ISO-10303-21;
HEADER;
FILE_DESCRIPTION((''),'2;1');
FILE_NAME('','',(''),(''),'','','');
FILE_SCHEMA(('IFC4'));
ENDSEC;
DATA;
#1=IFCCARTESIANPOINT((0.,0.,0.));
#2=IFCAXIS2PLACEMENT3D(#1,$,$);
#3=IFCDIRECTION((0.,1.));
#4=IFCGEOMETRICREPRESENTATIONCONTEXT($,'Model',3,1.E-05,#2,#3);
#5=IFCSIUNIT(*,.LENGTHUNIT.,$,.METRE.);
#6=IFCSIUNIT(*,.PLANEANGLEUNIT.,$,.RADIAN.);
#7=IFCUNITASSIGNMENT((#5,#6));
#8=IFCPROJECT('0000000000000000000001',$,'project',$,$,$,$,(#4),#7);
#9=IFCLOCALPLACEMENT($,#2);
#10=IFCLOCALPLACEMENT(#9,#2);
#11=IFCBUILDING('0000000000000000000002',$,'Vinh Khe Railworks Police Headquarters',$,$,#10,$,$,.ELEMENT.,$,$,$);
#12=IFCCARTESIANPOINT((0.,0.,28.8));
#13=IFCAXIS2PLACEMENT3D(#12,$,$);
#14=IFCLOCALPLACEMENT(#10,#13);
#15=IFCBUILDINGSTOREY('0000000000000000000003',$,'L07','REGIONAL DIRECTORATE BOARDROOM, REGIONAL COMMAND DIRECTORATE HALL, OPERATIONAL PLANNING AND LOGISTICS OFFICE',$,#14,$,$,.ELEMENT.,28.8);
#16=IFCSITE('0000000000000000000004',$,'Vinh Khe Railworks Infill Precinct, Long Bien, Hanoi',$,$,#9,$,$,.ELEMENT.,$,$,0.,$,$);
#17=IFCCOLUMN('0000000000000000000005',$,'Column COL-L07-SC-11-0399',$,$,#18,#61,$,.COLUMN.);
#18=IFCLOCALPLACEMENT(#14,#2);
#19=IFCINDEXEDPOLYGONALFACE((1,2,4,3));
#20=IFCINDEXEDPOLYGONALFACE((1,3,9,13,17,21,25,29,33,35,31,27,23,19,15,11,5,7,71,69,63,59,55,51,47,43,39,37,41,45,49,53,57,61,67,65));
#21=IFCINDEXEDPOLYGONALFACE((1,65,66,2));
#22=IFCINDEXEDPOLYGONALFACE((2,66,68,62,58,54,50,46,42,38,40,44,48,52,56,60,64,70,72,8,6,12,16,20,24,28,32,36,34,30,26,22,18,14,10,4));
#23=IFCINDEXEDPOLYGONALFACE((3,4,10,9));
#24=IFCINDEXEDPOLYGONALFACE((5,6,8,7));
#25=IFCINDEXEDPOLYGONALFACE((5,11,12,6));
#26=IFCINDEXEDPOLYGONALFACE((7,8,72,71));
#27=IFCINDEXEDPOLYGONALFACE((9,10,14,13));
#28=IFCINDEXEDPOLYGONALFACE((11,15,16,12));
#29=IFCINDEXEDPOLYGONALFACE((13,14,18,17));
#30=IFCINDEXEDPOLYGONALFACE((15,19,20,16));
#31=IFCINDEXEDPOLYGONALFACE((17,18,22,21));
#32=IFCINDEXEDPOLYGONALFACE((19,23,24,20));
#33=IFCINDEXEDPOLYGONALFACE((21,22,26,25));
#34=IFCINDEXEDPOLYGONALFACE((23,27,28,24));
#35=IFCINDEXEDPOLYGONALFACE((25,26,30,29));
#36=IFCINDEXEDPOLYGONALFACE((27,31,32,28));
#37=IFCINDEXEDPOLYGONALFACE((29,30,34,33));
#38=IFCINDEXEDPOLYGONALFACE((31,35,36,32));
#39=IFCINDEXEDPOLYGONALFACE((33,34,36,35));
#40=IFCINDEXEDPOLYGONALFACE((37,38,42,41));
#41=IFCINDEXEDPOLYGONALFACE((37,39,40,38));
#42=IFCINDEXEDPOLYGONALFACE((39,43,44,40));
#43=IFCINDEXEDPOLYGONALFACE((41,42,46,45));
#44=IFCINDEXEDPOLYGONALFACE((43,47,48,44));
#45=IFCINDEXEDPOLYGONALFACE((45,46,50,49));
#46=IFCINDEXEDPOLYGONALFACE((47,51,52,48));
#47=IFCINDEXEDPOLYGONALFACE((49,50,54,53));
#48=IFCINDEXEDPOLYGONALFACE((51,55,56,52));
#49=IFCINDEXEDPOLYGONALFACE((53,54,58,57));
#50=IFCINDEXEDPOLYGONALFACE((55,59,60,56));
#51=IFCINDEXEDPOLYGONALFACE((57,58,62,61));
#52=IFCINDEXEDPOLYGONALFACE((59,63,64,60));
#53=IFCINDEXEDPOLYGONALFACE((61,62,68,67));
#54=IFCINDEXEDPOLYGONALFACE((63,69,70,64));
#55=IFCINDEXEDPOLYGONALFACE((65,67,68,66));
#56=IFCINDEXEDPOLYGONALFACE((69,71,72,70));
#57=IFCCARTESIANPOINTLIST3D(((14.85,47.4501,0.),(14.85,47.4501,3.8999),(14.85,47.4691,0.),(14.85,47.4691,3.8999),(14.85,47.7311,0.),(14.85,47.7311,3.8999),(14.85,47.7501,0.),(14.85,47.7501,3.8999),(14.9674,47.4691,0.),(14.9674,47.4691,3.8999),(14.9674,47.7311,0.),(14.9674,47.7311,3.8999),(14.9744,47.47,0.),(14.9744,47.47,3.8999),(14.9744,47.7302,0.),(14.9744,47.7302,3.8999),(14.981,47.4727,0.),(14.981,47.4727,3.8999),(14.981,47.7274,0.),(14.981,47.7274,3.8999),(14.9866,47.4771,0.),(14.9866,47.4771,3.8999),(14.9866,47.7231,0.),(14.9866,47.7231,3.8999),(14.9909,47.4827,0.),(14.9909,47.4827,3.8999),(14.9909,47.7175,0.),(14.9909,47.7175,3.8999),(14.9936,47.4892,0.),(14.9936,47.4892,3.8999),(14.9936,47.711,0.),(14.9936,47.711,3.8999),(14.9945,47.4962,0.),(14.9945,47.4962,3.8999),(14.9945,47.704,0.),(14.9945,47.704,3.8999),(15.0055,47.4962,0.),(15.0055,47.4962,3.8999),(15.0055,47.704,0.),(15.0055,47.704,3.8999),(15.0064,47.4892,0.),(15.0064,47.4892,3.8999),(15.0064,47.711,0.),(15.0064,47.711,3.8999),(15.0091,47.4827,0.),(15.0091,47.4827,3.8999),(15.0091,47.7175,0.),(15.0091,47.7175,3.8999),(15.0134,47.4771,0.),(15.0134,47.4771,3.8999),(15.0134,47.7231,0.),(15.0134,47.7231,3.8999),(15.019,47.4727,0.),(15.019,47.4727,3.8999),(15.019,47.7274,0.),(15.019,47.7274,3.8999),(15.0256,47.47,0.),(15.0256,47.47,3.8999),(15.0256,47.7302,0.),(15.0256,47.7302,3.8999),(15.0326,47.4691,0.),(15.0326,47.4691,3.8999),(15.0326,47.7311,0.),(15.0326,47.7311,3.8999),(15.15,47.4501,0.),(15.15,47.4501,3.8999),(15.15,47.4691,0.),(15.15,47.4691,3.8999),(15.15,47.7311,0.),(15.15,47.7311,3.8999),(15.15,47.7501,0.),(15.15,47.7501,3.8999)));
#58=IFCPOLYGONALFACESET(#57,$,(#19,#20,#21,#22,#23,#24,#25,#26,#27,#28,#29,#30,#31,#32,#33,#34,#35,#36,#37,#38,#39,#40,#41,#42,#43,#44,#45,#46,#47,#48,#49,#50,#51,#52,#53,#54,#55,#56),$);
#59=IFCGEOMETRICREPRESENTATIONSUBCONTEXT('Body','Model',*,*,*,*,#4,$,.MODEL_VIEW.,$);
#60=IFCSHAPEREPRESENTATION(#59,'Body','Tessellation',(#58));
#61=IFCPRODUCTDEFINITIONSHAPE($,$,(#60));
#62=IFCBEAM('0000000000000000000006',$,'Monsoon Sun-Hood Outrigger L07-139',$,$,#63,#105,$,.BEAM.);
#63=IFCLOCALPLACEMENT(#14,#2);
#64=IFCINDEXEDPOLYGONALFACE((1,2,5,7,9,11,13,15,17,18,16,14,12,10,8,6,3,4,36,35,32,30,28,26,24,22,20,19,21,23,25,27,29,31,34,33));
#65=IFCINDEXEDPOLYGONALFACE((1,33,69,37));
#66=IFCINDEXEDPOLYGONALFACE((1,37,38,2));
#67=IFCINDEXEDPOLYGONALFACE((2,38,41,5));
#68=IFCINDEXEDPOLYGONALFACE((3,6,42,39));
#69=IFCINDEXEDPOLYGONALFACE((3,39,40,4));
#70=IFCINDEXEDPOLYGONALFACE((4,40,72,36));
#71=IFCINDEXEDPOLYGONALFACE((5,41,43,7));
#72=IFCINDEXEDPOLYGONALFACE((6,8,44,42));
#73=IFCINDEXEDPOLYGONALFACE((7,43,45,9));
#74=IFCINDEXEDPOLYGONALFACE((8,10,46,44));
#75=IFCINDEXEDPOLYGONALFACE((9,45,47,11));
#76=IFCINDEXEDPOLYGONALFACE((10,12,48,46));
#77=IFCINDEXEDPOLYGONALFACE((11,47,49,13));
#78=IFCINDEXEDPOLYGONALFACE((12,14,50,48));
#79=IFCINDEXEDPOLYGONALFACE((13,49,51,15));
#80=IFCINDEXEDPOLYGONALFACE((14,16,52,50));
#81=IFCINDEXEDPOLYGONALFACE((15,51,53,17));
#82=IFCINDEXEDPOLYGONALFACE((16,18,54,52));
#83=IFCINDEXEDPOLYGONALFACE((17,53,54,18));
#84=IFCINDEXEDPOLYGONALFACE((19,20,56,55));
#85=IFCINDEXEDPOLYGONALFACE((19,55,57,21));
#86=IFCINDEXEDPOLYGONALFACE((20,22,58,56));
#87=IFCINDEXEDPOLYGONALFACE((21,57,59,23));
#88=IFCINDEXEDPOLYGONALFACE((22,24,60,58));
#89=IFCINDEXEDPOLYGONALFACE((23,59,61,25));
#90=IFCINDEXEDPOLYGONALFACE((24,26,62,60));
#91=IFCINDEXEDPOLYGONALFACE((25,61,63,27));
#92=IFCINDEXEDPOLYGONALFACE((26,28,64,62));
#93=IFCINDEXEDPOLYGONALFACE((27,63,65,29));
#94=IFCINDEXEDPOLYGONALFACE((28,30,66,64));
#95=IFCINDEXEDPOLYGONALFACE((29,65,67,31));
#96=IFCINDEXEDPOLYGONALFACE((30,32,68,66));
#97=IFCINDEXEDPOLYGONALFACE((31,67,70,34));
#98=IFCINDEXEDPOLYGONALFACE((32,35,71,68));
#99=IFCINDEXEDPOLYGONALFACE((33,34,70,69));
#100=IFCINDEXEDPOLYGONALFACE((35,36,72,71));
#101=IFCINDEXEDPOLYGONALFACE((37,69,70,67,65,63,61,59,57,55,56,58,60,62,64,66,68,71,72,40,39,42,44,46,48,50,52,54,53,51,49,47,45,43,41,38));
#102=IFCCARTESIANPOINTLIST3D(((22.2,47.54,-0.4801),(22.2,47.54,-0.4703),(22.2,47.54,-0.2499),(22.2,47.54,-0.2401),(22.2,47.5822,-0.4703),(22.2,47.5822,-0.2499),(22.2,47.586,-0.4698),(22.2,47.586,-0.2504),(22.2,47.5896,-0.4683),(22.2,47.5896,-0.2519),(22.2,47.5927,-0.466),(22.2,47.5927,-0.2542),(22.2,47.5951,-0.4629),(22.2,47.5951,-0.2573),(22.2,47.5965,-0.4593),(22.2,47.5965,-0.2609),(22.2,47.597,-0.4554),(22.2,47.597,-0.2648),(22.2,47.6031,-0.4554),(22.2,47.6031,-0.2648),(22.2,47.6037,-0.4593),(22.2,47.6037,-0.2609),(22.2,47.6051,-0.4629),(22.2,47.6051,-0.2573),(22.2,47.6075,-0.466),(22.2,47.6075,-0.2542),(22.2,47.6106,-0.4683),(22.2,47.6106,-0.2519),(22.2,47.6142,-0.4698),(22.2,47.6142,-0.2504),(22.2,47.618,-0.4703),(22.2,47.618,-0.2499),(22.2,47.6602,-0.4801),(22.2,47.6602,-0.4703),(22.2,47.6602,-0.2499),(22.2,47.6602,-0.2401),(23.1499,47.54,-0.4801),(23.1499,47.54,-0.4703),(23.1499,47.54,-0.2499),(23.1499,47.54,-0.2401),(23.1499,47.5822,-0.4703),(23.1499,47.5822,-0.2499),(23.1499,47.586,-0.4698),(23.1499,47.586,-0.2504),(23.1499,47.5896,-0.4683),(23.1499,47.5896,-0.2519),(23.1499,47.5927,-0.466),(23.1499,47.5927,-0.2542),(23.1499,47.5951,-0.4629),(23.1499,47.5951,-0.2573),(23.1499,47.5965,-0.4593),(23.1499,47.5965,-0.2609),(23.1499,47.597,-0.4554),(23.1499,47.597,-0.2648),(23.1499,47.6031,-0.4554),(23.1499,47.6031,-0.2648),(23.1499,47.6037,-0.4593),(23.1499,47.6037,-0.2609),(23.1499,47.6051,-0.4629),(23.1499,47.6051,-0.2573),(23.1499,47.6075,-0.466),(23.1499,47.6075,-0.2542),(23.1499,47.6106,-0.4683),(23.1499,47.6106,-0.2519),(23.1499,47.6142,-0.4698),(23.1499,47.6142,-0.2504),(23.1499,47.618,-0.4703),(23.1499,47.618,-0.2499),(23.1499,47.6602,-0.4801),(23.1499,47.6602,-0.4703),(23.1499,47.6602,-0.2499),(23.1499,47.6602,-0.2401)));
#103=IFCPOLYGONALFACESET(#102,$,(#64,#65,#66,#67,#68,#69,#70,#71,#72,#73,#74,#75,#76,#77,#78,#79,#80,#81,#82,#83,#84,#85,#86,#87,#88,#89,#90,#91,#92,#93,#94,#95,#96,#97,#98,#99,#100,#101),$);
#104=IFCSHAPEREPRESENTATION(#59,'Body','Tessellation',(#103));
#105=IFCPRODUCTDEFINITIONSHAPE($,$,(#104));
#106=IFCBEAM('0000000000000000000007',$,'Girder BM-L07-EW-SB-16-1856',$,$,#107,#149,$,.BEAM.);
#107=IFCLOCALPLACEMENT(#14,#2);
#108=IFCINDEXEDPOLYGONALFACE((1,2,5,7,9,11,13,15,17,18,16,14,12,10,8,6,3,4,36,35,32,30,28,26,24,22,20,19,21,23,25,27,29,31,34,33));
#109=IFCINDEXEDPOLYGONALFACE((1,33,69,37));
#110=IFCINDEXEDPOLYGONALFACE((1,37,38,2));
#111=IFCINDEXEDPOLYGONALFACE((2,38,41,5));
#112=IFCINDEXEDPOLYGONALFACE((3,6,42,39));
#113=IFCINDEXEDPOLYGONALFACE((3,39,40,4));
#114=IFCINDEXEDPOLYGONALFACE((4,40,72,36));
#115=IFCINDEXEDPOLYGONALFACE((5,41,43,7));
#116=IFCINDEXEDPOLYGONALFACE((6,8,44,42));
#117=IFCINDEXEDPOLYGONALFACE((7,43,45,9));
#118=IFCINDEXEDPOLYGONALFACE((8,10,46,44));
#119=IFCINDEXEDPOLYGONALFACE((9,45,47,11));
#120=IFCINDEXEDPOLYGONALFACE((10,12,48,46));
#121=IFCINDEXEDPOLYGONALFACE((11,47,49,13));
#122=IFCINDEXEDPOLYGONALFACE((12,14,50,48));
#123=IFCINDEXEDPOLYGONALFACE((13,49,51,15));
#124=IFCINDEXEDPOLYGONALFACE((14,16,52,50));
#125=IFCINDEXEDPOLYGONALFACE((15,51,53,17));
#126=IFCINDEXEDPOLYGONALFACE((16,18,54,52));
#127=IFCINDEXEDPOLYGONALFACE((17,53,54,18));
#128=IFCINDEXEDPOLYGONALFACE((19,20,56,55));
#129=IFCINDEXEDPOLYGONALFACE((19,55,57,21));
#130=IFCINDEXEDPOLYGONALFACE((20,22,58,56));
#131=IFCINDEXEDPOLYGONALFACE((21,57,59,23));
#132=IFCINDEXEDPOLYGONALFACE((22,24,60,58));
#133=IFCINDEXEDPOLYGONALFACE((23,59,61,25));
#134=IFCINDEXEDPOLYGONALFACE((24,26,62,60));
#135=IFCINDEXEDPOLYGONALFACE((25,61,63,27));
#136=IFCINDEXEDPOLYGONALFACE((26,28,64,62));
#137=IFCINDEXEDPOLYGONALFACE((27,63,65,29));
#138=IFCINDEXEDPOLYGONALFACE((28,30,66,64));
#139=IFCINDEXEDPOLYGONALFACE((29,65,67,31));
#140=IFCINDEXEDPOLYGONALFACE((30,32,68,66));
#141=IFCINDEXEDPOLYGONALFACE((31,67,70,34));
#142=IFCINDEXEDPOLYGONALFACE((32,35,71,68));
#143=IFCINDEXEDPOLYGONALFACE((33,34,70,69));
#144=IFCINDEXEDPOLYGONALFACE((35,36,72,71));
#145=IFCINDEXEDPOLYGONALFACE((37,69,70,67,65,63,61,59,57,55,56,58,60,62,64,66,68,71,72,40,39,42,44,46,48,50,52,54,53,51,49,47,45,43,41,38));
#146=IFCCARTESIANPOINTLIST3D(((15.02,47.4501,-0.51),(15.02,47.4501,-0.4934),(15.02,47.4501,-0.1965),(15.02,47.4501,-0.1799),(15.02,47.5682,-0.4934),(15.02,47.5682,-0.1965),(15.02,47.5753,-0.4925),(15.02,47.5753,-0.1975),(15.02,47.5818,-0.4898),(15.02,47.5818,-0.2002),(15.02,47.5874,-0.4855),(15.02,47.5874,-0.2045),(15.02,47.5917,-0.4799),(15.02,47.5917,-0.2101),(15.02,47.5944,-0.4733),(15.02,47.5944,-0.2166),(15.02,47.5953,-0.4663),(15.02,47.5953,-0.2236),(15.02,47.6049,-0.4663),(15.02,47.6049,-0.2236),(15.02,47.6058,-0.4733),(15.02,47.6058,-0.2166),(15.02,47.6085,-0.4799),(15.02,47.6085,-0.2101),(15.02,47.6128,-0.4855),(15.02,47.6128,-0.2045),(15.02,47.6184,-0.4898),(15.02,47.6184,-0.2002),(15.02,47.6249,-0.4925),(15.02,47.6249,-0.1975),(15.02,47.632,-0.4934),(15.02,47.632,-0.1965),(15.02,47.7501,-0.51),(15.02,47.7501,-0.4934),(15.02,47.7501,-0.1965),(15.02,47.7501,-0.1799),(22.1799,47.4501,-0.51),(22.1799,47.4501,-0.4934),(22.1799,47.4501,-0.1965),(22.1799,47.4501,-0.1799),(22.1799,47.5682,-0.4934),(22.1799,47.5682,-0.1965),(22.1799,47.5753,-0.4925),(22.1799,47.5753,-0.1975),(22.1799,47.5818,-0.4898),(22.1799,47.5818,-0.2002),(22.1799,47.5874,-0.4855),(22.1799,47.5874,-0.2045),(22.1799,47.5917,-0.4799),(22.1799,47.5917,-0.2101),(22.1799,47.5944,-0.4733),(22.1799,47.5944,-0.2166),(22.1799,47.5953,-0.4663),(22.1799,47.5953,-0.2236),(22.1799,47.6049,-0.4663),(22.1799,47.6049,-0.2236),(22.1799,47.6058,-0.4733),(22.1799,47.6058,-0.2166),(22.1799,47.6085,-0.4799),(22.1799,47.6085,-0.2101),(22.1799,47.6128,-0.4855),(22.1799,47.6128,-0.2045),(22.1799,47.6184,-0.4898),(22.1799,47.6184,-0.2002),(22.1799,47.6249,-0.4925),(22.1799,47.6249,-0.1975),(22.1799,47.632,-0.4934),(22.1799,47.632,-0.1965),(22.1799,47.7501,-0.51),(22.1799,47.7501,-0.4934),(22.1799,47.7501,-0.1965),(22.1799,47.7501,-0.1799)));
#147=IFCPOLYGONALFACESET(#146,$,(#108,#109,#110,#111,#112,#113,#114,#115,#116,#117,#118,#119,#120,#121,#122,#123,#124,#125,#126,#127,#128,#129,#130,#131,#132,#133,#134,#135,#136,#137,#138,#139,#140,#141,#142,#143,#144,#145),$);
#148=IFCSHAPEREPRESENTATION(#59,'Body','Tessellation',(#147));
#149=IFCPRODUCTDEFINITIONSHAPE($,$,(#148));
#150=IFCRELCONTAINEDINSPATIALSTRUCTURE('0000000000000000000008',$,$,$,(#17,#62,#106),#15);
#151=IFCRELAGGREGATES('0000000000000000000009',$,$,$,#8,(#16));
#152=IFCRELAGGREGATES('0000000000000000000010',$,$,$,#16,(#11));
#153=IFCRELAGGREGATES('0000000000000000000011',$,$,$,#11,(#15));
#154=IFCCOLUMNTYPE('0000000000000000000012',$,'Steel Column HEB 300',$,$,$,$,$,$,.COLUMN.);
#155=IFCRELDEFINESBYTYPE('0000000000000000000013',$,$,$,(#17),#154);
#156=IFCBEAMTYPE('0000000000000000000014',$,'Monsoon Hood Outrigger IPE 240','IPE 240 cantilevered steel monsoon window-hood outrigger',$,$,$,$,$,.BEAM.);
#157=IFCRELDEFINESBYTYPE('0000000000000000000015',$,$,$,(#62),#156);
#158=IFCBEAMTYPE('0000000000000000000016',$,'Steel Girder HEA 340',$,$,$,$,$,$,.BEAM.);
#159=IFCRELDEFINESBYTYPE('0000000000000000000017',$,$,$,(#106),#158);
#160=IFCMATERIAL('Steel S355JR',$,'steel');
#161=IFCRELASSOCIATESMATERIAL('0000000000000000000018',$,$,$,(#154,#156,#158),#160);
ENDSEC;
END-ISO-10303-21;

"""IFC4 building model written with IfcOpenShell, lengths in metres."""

from ifc_helpers import new_model, si_unit, direction, frame, origin, origin_2d, place, context, subcontext, project, spatial, i_section, extrude, material, material_profile, profile_set, type_object, element, save


model = new_model("IFC4")

# Units and contexts
model_context = context("Model", 3, precision=1e-05, world=origin(), true_north=direction((0.0, 1.0)))
body_context = subcontext(model_context, "Body", "Model", "MODEL_VIEW")
ifc_project = project(units=[si_unit("LENGTHUNIT", "METRE"), si_unit("PLANEANGLEUNIT", "RADIAN")], contexts=[model_context])

# Site, building, storey
site_placement = place(None, origin())
site = spatial("IfcSite", under=ifc_project, at=site_placement, Name="Vinh Khe Railworks Infill Precinct, Long Bien, Hanoi", CompositionType="ELEMENT", RefElevation=0.0)
building_placement = place(site_placement, origin())
building = spatial("IfcBuilding", under=site, at=building_placement, Name="Vinh Khe Railworks Police Headquarters", CompositionType="ELEMENT")
storey_placement = place(building_placement, frame((0.0, 0.0, 28.8)))
storey = spatial("IfcBuildingStorey", under=building, at=storey_placement, Name="L07", Description="REGIONAL DIRECTORATE BOARDROOM, REGIONAL COMMAND DIRECTORATE HALL, OPERATIONAL PLANNING AND LOGISTICS OFFICE", CompositionType="ELEMENT", Elevation=28.8)

# Column
ifc_material_1 = material(Name="Steel S355JR", Category="steel")
ifc_material_profile_1 = material_profile(ifc_material_1, i_section(OverallWidth=0.3, OverallDepth=0.3, WebThickness=0.011, FlangeThickness=0.019, FilletRadius=0.0271, at=origin_2d()), Name="HEB 300")
ifc_profile_set_1 = profile_set([ifc_material_profile_1], Name="Steel S355JR")
column_type_1 = type_object("IfcColumnType", Name="Steel Column HEB 300", PredefinedType="COLUMN", material=ifc_profile_set_1)
column_1_placement = place(storey_placement, frame((15.0, 47.6001, 0.0), z_axis=(0.0, 0.0, 1.0), x_axis=(1.0, 0.0, 0.0)))
element("IfcColumn", 1, at=column_1_placement, inside=storey, type_object=column_type_1, Name="Column COL-L07-SC-11-0399", PredefinedType="COLUMN", context=body_context, shape_type="SweptSolid", body=[
    extrude(i_section(OverallWidth=0.3, OverallDepth=0.3, WebThickness=0.011, FlangeThickness=0.019, FilletRadius=0.0271, at=origin_2d()), origin(), (0.0, 0.0, 1.0), 3.8999),
])

# Beams
ifc_material_profile_2 = material_profile(ifc_material_1, i_section(OverallWidth=0.1201, OverallDepth=0.24, WebThickness=0.0061, FlangeThickness=0.0098, FilletRadius=0.0149, at=origin_2d()), Name="IPE 240")
ifc_profile_set_2 = profile_set([ifc_material_profile_2], Name="Steel S355JR")
beam_type_1 = type_object("IfcBeamType", Name="Monsoon Hood Outrigger IPE 240", Description="IPE 240 cantilevered steel monsoon window-hood outrigger", PredefinedType="BEAM", material=ifc_profile_set_2)
beam_1_placement = place(storey_placement, frame((22.2, 47.6001, -0.3601), z_axis=(1.0, 0.0, 0.0), x_axis=(0.0, 1.0, 0.0)))
element("IfcBeam", 2, at=beam_1_placement, inside=storey, type_object=beam_type_1, Name="Monsoon Sun-Hood Outrigger L07-139", PredefinedType="BEAM", context=body_context, shape_type="SweptSolid", body=[
    extrude(i_section(OverallWidth=0.1201, OverallDepth=0.24, WebThickness=0.0061, FlangeThickness=0.0098, FilletRadius=0.0149, at=origin_2d()), origin(), (0.0, 0.0, 1.0), 0.95),
])
ifc_material_profile_3 = material_profile(ifc_material_1, i_section(OverallWidth=0.3, OverallDepth=0.3301, WebThickness=0.0095, FlangeThickness=0.0166, FilletRadius=0.0271, at=origin_2d()), Name="HEA 340")
ifc_profile_set_3 = profile_set([ifc_material_profile_3], Name="Steel S355JR")
beam_type_2 = type_object("IfcBeamType", Name="Steel Girder HEA 340", PredefinedType="BEAM", material=ifc_profile_set_3)
beam_2_placement = place(storey_placement, frame((15.02, 47.6001, -0.345), z_axis=(1.0, 0.0, 0.0), x_axis=(0.0, 1.0, 0.0)))
element("IfcBeam", 3, at=beam_2_placement, inside=storey, type_object=beam_type_2, Name="Girder BM-L07-EW-SB-16-1856", PredefinedType="BEAM", context=body_context, shape_type="SweptSolid", body=[
    extrude(i_section(OverallWidth=0.3, OverallDepth=0.3301, WebThickness=0.0095, FlangeThickness=0.0166, FilletRadius=0.0271, at=origin_2d()), origin(), (0.0, 0.0, 1.0), 7.1599),
])

save(model, "model.ifc")
